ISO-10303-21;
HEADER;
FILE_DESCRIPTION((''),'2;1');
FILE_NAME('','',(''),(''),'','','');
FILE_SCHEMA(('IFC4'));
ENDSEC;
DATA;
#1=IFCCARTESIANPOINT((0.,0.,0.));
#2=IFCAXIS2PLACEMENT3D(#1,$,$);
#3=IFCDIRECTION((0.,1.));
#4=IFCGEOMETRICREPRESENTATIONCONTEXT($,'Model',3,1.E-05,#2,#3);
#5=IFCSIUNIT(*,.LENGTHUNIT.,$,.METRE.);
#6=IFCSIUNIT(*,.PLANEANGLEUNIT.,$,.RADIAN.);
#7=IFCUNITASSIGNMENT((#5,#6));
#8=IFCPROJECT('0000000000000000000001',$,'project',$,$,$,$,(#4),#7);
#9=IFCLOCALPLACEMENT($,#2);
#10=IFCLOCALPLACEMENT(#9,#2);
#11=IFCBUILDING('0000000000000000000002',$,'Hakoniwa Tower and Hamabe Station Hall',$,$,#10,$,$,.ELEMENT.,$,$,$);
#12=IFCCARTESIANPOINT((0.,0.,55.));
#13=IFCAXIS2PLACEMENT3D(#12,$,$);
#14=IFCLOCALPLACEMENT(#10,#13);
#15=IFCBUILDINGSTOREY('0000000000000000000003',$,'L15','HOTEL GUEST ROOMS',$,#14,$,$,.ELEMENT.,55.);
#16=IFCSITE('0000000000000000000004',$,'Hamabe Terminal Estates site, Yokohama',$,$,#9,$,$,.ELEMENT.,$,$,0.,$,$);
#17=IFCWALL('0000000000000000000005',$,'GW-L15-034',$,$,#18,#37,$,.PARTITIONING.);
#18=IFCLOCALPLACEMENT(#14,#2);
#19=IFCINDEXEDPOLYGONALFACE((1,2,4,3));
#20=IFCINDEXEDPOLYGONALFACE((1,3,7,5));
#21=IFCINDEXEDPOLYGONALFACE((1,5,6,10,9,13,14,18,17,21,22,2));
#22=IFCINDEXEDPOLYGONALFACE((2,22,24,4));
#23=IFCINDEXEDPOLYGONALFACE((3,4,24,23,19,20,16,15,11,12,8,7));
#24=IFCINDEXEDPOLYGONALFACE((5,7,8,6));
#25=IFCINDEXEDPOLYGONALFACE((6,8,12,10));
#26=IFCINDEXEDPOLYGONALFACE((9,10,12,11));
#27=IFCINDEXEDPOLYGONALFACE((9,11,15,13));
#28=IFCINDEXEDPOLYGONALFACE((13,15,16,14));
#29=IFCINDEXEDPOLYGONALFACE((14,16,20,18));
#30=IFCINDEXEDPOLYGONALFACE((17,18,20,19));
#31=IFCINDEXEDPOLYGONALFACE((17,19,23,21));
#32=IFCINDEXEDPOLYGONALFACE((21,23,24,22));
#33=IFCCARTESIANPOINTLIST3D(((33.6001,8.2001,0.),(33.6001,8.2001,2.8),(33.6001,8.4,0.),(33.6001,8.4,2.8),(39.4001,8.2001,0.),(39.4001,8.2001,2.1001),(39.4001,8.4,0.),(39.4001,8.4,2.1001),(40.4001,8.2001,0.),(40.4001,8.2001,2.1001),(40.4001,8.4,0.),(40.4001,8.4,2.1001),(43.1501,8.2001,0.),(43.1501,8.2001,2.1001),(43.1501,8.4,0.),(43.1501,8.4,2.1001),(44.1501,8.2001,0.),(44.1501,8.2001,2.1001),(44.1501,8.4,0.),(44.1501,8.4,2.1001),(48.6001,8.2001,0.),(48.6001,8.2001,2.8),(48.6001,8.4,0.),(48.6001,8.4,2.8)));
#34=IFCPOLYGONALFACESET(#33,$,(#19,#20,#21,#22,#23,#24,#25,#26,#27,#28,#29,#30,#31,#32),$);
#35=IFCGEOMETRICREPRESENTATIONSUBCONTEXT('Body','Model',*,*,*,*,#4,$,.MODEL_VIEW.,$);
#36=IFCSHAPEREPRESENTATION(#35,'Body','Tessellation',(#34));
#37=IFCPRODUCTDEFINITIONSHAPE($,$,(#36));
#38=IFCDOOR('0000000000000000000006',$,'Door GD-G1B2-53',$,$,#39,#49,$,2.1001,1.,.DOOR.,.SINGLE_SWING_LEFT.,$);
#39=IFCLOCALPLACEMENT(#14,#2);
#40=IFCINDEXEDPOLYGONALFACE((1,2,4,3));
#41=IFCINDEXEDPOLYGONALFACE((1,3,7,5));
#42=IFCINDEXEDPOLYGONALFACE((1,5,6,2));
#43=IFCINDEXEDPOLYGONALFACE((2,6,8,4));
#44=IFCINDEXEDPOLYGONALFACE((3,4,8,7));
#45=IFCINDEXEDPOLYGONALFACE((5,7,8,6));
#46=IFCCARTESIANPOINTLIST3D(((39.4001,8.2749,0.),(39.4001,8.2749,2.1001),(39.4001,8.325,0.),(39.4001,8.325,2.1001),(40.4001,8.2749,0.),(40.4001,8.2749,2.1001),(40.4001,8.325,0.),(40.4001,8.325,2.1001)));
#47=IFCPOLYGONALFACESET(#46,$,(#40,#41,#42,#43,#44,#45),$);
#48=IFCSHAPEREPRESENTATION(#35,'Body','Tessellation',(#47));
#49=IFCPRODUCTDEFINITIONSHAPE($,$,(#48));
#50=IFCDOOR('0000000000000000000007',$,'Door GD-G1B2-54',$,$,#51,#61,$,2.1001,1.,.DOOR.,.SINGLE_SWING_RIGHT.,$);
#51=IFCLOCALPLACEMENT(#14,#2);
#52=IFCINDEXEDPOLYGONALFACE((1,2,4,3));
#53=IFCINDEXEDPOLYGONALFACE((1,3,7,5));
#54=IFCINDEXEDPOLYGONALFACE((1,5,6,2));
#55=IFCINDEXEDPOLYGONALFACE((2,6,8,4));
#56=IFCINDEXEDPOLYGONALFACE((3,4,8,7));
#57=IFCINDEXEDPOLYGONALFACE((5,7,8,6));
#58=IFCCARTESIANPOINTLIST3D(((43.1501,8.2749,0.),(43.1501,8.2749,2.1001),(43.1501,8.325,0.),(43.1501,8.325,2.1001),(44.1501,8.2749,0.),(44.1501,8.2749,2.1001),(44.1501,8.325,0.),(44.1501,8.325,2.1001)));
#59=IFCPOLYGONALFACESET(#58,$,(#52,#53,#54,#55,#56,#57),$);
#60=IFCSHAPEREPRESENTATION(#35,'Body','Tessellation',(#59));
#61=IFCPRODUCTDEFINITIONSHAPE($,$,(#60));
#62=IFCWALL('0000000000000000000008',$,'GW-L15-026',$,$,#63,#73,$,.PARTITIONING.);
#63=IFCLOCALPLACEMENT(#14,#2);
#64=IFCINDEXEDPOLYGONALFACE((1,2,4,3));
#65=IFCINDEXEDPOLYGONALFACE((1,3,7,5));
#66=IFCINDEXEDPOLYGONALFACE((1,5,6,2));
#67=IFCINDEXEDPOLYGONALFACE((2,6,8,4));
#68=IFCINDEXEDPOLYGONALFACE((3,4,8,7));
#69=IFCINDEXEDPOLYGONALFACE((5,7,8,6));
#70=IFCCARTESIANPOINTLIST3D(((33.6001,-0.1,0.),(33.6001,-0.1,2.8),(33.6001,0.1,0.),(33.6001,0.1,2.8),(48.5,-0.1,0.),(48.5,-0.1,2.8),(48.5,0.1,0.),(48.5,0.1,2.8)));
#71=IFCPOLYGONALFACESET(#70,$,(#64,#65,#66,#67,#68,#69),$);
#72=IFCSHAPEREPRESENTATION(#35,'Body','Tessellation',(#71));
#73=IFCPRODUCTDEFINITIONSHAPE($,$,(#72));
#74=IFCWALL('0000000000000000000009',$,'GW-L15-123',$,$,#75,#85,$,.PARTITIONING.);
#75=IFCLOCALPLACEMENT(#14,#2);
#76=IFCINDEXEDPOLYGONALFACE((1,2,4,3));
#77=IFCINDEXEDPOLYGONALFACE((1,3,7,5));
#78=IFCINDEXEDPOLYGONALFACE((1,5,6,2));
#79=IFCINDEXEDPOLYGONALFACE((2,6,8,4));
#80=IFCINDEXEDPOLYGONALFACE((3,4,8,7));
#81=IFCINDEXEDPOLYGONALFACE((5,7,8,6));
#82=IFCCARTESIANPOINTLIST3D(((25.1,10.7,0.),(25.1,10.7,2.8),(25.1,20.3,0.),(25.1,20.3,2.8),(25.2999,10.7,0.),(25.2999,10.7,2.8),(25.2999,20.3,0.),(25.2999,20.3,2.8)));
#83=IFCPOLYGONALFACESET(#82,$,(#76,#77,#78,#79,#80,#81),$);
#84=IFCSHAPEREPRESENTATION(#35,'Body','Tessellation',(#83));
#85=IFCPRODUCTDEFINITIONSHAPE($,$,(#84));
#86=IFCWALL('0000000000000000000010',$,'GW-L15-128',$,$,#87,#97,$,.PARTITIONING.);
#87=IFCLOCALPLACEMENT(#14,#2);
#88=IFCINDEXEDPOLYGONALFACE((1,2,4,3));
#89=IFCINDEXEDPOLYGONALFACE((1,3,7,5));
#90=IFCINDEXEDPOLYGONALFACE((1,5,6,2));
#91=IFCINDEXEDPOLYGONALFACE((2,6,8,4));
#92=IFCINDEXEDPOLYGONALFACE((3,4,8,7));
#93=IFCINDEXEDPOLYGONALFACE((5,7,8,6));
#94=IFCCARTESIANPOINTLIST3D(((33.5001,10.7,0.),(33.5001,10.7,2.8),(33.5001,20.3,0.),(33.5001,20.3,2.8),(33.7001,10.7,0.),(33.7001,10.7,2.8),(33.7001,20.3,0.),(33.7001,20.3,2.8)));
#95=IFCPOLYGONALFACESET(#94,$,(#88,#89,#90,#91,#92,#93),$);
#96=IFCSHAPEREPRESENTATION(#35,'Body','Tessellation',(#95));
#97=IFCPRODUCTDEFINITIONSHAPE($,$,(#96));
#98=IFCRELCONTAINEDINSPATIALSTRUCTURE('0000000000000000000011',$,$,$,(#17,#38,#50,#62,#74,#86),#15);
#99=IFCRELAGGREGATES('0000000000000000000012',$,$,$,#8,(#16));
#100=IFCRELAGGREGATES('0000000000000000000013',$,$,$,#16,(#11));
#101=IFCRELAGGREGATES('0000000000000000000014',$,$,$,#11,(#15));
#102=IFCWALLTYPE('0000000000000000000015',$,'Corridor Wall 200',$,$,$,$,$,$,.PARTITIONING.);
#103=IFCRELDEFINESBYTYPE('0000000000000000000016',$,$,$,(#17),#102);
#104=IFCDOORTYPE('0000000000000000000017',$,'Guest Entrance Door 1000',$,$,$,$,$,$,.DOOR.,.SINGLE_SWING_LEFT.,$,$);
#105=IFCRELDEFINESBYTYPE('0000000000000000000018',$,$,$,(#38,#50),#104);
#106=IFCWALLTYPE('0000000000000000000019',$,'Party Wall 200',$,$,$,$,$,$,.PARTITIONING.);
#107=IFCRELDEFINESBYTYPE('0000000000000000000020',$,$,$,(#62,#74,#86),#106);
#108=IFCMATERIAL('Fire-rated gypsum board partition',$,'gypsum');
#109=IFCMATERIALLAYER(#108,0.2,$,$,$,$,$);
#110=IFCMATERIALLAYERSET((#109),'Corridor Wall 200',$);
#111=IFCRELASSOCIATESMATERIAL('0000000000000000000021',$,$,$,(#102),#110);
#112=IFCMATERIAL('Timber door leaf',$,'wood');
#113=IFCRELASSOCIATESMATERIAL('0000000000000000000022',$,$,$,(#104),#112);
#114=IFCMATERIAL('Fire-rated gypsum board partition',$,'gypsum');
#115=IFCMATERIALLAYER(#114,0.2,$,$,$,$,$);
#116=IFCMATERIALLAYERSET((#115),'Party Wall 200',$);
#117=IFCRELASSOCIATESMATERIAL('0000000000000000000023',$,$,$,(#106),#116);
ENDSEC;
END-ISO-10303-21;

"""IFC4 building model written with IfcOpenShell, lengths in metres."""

from ifc_helpers import new_model, si_unit, direction, frame, frame_2d, origin, place, context, subcontext, project, spatial, rectangle, extrude, material, layer, layer_set, type_object, element, fill, save


model = new_model("IFC4")

# Units and contexts
model_context = context("Model", 3, precision=1e-05, world=origin(), true_north=direction((0.0, 1.0)))
body_context = subcontext(model_context, "Body", "Model", "MODEL_VIEW")
ifc_project = project(units=[si_unit("LENGTHUNIT", "METRE"), si_unit("PLANEANGLEUNIT", "RADIAN")], contexts=[model_context])

# Site, building, storey
site_placement = place(None, origin())
site = spatial("IfcSite", under=ifc_project, at=site_placement, Name="Hamabe Terminal Estates site, Yokohama", CompositionType="ELEMENT", RefElevation=0.0)
building_placement = place(site_placement, origin())
building = spatial("IfcBuilding", under=site, at=building_placement, Name="Hakoniwa Tower and Hamabe Station Hall", CompositionType="ELEMENT")
storey_placement = place(building_placement, frame((0.0, 0.0, 55.0)))
storey = spatial("IfcBuildingStorey", under=building, at=storey_placement, Name="L15", Description="HOTEL GUEST ROOMS", CompositionType="ELEMENT", Elevation=55.0)

# Wall, openings, doors
ifc_material_1 = material(Name="Fire-rated gypsum board partition", Category="gypsum")
ifc_layer_1 = layer(ifc_material_1, 0.2)
ifc_layer_set_1 = layer_set([ifc_layer_1], Name="Corridor Wall 200")
wall_type_1 = type_object("IfcWallType", Name="Corridor Wall 200", PredefinedType="PARTITIONING", material=ifc_layer_set_1)
wall_1_placement = place(storey_placement, frame((33.6001, 8.3, 0.0), z_axis=(0.0, 0.0, 1.0), x_axis=(1.0, 0.0, 0.0)))
wall_1 = element("IfcWall", 1, at=wall_1_placement, inside=storey, type_object=wall_type_1, Name="GW-L15-034", PredefinedType="PARTITIONING", context=body_context, shape_type="SweptSolid", body=[
    extrude(rectangle(XDim=15.0, YDim=0.2, at=frame_2d((7.5, 0.0))), origin(), (0.0, 0.0, 1.0), 2.8),
])
opening_1_placement = place(wall_1_placement, frame((5.8, 0.0, 0.0)))
opening_1 = element("IfcOpeningElement", 2, at=opening_1_placement, cuts=wall_1, PredefinedType="OPENING", context=body_context, shape_type="SweptSolid", body=[
    extrude(rectangle(XDim=1.0, YDim=2.1001, at=frame_2d((0.5, 1.05))), frame((0.0, 0.1099, 0.0), z_axis=(0.0, -1.0, 0.0), x_axis=(1.0, 0.0, 0.0)), (0.0, 0.0, 1.0), 0.22),
])
opening_2_placement = place(wall_1_placement, frame((9.55, 0.0, 0.0)))
opening_2 = element("IfcOpeningElement", 3, at=opening_2_placement, cuts=wall_1, PredefinedType="OPENING", context=body_context, shape_type="SweptSolid", body=[
    extrude(rectangle(XDim=1.0, YDim=2.1001, at=frame_2d((0.5, 1.05))), frame((0.0, 0.1099, 0.0), z_axis=(0.0, -1.0, 0.0), x_axis=(1.0, 0.0, 0.0)), (0.0, 0.0, 1.0), 0.22),
])
ifc_material_2 = material(Name="Timber door leaf", Category="wood")
door_type_1 = type_object("IfcDoorType", Name="Guest Entrance Door 1000", OperationType="SINGLE_SWING_LEFT", PredefinedType="DOOR", material=ifc_material_2)
door_1_placement = place(opening_1_placement, origin())
door_1 = element("IfcDoor", 4, at=door_1_placement, inside=storey, type_object=door_type_1, Name="Door GD-G1B2-53", OperationType="SINGLE_SWING_LEFT", OverallHeight=2.1001, OverallWidth=1.0, PredefinedType="DOOR", context=body_context, shape_type="SweptSolid", body=[
    extrude(rectangle(XDim=1.0, YDim=2.1001, at=frame_2d((0.5, 1.05))), frame((0.0, 0.0249, 0.0), z_axis=(0.0, -1.0, 0.0), x_axis=(1.0, 0.0, 0.0)), (0.0, 0.0, 1.0), 0.05),
])
fill(opening_1, door_1)
door_2_placement = place(opening_2_placement, origin())
door_2 = element("IfcDoor", 5, at=door_2_placement, inside=storey, type_object=door_type_1, Name="Door GD-G1B2-54", OperationType="SINGLE_SWING_RIGHT", OverallHeight=2.1001, OverallWidth=1.0, PredefinedType="DOOR", context=body_context, shape_type="SweptSolid", body=[
    extrude(rectangle(XDim=1.0, YDim=2.1001, at=frame_2d((0.5, 1.05))), frame((0.0, 0.0249, 0.0), z_axis=(0.0, -1.0, 0.0), x_axis=(1.0, 0.0, 0.0)), (0.0, 0.0, 1.0), 0.05),
])
fill(opening_2, door_2)

# Walls
ifc_material_3 = material(Name="Fire-rated gypsum board partition", Category="gypsum")
ifc_layer_2 = layer(ifc_material_3, 0.2)
ifc_layer_set_2 = layer_set([ifc_layer_2], Name="Party Wall 200")
wall_type_2 = type_object("IfcWallType", Name="Party Wall 200", PredefinedType="PARTITIONING", material=ifc_layer_set_2)
wall_2_placement = place(storey_placement, frame((33.6001, 0.0, 0.0), z_axis=(0.0, 0.0, 1.0), x_axis=(1.0, 0.0, 0.0)))
element("IfcWall", 6, at=wall_2_placement, inside=storey, type_object=wall_type_2, Name="GW-L15-026", PredefinedType="PARTITIONING", context=body_context, shape_type="SweptSolid", body=[
    extrude(rectangle(XDim=14.8999, YDim=0.2, at=frame_2d((7.45, 0.0))), origin(), (0.0, 0.0, 1.0), 2.8),
])
for number, where, z_axis, x_axis, name in (
    (7, (25.2, 10.7, 0.0), (0.0, 0.0, 1.0), (0.0, 1.0, 0.0), "GW-L15-123"),
    (8, (33.6001, 10.7, 0.0), (0.0, 0.0, 1.0), (0.0, 1.0, 0.0), "GW-L15-128"),
):
    element("IfcWall", number, at=place(storey_placement, frame(where, z_axis=z_axis, x_axis=x_axis)), inside=storey, type_object=wall_type_2, Name=name, PredefinedType="PARTITIONING", context=body_context, shape_type="SweptSolid", body=[
        extrude(rectangle(XDim=9.6001, YDim=0.2, at=frame_2d((4.8, 0.0))), origin(), (0.0, 0.0, 1.0), 2.8),
    ])

save(model, "model.ifc")
